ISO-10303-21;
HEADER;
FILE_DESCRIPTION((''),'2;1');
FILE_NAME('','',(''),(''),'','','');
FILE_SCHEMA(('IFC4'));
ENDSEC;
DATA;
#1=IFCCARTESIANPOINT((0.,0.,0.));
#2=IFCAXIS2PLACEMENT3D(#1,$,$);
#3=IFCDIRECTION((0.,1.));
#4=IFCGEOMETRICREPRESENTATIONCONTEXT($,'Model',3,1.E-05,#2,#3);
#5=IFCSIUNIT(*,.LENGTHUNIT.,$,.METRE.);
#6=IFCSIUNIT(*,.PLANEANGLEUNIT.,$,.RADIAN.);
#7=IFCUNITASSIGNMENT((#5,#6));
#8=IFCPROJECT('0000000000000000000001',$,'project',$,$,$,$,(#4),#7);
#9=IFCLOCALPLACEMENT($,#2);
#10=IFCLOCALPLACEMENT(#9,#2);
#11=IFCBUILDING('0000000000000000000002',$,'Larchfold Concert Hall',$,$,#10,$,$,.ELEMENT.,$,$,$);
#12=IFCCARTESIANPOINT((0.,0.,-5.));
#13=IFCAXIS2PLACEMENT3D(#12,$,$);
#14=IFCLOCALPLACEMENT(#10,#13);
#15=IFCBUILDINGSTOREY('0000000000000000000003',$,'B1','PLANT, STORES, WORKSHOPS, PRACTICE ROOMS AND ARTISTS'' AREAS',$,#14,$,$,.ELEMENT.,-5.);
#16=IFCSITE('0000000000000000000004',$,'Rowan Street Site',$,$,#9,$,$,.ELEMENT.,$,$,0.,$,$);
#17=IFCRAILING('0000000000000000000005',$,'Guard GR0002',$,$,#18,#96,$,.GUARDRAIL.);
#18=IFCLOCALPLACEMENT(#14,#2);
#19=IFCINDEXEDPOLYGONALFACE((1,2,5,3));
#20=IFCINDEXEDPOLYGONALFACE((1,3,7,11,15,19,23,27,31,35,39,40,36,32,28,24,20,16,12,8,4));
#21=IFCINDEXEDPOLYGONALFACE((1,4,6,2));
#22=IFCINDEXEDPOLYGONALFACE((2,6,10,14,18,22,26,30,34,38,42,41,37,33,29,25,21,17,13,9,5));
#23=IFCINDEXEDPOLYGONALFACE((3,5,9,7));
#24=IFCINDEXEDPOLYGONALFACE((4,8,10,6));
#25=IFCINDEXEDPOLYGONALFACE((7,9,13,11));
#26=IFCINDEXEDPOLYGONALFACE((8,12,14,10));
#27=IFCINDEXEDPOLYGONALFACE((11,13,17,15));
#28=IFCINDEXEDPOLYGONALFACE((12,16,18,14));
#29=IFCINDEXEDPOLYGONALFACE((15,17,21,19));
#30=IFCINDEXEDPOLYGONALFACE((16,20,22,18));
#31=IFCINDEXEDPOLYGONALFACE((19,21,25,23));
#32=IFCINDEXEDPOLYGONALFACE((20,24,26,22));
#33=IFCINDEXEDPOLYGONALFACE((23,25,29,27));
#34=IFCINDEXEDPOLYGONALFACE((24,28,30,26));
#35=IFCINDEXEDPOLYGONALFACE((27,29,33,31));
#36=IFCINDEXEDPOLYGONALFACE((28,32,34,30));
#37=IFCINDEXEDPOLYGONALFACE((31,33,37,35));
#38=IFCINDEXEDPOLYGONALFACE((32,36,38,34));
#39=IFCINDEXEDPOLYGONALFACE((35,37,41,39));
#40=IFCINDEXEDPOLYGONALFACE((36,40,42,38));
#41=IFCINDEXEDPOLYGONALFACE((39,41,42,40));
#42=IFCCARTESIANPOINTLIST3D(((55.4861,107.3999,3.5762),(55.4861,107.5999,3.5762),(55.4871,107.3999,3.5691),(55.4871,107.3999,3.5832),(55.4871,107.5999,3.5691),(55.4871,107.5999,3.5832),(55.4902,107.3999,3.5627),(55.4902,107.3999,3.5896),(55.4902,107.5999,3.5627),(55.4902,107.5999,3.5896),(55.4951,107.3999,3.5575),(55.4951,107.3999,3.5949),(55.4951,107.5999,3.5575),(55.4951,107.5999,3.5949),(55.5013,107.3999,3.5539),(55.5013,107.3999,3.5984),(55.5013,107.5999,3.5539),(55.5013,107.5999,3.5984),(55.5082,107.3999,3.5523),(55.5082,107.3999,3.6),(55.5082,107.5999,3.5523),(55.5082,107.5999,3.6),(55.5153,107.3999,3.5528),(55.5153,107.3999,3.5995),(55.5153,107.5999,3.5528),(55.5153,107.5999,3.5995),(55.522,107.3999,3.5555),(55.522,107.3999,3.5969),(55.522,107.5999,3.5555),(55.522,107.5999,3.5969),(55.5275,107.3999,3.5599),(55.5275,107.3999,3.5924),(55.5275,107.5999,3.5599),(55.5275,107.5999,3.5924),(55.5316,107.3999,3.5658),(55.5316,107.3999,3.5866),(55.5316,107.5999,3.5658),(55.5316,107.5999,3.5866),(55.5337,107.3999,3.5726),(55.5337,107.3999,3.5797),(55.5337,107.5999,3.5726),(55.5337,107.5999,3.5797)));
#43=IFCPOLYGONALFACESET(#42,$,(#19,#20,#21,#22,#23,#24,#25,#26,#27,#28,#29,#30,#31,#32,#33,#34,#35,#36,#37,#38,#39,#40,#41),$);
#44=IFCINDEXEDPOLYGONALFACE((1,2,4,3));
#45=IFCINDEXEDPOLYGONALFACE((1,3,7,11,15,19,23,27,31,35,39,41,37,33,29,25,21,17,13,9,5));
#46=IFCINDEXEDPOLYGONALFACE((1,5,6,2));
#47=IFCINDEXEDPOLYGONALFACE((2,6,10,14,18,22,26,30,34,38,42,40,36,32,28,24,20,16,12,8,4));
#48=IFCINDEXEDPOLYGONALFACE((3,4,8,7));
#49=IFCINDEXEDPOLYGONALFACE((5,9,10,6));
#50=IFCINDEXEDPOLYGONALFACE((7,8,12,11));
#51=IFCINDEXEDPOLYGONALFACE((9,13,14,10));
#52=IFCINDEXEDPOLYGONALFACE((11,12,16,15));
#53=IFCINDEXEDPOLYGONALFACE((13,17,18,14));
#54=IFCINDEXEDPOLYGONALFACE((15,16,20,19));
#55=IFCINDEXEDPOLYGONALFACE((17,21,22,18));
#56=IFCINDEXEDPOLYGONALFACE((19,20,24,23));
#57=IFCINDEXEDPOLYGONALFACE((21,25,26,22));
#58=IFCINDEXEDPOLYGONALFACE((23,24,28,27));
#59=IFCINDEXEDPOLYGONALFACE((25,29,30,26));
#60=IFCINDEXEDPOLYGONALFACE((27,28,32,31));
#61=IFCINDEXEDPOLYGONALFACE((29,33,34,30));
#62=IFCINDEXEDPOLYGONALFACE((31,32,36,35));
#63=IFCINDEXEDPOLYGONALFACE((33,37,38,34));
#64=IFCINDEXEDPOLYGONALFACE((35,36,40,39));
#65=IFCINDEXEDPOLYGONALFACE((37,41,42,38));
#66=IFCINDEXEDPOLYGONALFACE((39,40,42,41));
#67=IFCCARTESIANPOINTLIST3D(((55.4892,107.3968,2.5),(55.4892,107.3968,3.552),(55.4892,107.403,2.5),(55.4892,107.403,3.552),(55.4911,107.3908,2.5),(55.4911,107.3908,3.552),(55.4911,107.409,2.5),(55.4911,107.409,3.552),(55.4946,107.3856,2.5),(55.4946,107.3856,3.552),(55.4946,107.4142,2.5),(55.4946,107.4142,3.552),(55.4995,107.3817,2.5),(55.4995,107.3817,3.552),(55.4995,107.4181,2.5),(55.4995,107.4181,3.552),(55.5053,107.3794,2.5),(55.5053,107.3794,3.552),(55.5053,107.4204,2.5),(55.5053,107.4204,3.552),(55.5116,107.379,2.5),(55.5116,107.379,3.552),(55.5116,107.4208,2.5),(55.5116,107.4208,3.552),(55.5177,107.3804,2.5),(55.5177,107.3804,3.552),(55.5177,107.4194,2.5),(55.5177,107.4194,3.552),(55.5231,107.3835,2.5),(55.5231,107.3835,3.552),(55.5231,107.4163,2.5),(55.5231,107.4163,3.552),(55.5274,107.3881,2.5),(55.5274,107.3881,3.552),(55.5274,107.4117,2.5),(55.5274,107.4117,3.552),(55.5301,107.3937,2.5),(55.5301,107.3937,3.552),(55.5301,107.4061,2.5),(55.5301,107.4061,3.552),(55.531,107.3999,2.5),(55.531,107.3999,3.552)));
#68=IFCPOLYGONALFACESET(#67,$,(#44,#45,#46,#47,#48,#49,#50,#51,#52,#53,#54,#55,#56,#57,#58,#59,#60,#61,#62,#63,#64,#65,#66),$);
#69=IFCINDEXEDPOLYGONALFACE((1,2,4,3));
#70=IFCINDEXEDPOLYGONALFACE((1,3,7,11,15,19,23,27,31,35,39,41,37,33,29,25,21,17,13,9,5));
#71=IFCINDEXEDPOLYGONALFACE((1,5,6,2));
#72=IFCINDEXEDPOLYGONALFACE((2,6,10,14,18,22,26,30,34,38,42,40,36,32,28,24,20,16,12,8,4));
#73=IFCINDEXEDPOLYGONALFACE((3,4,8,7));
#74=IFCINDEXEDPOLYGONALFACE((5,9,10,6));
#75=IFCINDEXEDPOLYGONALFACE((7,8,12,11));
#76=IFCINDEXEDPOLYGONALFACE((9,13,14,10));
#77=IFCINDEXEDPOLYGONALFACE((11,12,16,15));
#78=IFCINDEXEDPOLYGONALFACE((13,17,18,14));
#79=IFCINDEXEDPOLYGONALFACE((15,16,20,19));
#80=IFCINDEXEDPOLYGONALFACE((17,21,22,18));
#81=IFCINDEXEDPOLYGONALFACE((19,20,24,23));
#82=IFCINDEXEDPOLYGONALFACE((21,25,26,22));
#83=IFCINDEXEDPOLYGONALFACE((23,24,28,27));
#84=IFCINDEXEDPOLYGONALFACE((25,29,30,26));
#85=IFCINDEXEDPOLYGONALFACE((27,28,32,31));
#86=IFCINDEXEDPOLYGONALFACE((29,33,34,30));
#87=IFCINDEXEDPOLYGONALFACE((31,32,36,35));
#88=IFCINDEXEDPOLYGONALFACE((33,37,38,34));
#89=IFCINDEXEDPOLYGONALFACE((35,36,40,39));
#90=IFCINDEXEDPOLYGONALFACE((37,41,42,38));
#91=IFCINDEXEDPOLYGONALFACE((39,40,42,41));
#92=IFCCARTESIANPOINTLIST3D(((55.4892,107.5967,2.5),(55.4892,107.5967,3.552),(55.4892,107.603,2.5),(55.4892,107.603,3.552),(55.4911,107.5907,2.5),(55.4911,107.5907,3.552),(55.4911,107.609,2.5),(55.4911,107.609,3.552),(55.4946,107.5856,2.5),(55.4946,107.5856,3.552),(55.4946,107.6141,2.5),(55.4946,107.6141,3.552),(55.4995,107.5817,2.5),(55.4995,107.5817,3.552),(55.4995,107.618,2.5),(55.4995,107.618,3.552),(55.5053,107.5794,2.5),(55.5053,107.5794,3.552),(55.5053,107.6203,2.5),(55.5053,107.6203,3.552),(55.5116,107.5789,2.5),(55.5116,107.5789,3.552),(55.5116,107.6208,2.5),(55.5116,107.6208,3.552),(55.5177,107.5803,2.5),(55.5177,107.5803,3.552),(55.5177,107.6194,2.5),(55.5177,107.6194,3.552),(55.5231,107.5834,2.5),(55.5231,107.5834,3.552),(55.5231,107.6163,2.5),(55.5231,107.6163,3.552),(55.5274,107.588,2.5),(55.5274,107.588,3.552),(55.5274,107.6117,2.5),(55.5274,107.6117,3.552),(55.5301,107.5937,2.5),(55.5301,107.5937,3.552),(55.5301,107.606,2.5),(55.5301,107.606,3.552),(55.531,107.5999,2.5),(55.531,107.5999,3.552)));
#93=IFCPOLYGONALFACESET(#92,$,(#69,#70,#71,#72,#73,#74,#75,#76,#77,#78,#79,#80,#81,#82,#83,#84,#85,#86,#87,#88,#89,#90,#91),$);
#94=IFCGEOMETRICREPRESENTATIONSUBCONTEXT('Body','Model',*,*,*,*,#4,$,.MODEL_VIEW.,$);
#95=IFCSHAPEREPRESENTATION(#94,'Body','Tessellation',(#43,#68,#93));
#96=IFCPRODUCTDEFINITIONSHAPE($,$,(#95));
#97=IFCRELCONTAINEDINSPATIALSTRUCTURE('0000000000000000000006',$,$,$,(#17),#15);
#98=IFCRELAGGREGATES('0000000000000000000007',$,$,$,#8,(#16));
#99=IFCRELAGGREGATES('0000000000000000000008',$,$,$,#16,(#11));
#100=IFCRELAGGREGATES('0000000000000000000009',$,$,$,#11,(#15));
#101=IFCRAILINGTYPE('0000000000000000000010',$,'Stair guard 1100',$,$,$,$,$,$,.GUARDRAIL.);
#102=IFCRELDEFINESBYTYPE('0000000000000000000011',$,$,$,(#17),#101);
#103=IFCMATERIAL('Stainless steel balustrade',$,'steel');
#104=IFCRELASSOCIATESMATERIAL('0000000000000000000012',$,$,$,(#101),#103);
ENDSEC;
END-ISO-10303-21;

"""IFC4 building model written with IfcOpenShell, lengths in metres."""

from ifc_helpers import new_model, si_unit, direction, frame, origin, origin_2d, place, context, subcontext, project, spatial, circle, extrude, material, type_object, element, save


model = new_model("IFC4")

# Units and contexts
model_context = context("Model", 3, precision=1e-05, world=origin(), true_north=direction((0.0, 1.0)))
body_context = subcontext(model_context, "Body", "Model", "MODEL_VIEW")
ifc_project = project(units=[si_unit("LENGTHUNIT", "METRE"), si_unit("PLANEANGLEUNIT", "RADIAN")], contexts=[model_context])

# Site, building, storey
site_placement = place(None, origin())
site = spatial("IfcSite", under=ifc_project, at=site_placement, Name="Rowan Street Site", CompositionType="ELEMENT", RefElevation=0.0)
building_placement = place(site_placement, origin())
building = spatial("IfcBuilding", under=site, at=building_placement, Name="Larchfold Concert Hall", CompositionType="ELEMENT")
storey_placement = place(building_placement, frame((0.0, 0.0, -5.0)))
storey = spatial("IfcBuildingStorey", under=building, at=storey_placement, Name="B1", Description="PLANT, STORES, WORKSHOPS, PRACTICE ROOMS AND ARTISTS' AREAS", CompositionType="ELEMENT", Elevation=-5.0)

# Railing
ifc_material_1 = material(Name="Stainless steel balustrade", Category="steel")
railing_type_1 = type_object("IfcRailingType", Name="Stair guard 1100", PredefinedType="GUARDRAIL", material=ifc_material_1)
railing_1_placement = place(storey_placement, frame((55.51, 107.3999, 2.5)))
element("IfcRailing", 1, at=railing_1_placement, inside=storey, type_object=railing_type_1, Name="Guard GR0002", PredefinedType="GUARDRAIL", context=body_context, shape_type="SweptSolid", body=[
    extrude(circle(Radius=0.0239, at=origin_2d()), frame((0.0, 0.0, 1.0762), z_axis=(0.0, 1.0, 0.0), x_axis=(-1.0, 0.0, 0.0)), (0.0, 0.0, 1.0), 0.2),
    extrude(circle(Radius=0.021, at=origin_2d()), origin(), (0.0, 0.0, 1.0), 1.052),
    extrude(circle(Radius=0.021, at=origin_2d()), frame((0.0, 0.2, 0.0)), (0.0, 0.0, 1.0), 1.052),
])

save(model, "model.ifc")
